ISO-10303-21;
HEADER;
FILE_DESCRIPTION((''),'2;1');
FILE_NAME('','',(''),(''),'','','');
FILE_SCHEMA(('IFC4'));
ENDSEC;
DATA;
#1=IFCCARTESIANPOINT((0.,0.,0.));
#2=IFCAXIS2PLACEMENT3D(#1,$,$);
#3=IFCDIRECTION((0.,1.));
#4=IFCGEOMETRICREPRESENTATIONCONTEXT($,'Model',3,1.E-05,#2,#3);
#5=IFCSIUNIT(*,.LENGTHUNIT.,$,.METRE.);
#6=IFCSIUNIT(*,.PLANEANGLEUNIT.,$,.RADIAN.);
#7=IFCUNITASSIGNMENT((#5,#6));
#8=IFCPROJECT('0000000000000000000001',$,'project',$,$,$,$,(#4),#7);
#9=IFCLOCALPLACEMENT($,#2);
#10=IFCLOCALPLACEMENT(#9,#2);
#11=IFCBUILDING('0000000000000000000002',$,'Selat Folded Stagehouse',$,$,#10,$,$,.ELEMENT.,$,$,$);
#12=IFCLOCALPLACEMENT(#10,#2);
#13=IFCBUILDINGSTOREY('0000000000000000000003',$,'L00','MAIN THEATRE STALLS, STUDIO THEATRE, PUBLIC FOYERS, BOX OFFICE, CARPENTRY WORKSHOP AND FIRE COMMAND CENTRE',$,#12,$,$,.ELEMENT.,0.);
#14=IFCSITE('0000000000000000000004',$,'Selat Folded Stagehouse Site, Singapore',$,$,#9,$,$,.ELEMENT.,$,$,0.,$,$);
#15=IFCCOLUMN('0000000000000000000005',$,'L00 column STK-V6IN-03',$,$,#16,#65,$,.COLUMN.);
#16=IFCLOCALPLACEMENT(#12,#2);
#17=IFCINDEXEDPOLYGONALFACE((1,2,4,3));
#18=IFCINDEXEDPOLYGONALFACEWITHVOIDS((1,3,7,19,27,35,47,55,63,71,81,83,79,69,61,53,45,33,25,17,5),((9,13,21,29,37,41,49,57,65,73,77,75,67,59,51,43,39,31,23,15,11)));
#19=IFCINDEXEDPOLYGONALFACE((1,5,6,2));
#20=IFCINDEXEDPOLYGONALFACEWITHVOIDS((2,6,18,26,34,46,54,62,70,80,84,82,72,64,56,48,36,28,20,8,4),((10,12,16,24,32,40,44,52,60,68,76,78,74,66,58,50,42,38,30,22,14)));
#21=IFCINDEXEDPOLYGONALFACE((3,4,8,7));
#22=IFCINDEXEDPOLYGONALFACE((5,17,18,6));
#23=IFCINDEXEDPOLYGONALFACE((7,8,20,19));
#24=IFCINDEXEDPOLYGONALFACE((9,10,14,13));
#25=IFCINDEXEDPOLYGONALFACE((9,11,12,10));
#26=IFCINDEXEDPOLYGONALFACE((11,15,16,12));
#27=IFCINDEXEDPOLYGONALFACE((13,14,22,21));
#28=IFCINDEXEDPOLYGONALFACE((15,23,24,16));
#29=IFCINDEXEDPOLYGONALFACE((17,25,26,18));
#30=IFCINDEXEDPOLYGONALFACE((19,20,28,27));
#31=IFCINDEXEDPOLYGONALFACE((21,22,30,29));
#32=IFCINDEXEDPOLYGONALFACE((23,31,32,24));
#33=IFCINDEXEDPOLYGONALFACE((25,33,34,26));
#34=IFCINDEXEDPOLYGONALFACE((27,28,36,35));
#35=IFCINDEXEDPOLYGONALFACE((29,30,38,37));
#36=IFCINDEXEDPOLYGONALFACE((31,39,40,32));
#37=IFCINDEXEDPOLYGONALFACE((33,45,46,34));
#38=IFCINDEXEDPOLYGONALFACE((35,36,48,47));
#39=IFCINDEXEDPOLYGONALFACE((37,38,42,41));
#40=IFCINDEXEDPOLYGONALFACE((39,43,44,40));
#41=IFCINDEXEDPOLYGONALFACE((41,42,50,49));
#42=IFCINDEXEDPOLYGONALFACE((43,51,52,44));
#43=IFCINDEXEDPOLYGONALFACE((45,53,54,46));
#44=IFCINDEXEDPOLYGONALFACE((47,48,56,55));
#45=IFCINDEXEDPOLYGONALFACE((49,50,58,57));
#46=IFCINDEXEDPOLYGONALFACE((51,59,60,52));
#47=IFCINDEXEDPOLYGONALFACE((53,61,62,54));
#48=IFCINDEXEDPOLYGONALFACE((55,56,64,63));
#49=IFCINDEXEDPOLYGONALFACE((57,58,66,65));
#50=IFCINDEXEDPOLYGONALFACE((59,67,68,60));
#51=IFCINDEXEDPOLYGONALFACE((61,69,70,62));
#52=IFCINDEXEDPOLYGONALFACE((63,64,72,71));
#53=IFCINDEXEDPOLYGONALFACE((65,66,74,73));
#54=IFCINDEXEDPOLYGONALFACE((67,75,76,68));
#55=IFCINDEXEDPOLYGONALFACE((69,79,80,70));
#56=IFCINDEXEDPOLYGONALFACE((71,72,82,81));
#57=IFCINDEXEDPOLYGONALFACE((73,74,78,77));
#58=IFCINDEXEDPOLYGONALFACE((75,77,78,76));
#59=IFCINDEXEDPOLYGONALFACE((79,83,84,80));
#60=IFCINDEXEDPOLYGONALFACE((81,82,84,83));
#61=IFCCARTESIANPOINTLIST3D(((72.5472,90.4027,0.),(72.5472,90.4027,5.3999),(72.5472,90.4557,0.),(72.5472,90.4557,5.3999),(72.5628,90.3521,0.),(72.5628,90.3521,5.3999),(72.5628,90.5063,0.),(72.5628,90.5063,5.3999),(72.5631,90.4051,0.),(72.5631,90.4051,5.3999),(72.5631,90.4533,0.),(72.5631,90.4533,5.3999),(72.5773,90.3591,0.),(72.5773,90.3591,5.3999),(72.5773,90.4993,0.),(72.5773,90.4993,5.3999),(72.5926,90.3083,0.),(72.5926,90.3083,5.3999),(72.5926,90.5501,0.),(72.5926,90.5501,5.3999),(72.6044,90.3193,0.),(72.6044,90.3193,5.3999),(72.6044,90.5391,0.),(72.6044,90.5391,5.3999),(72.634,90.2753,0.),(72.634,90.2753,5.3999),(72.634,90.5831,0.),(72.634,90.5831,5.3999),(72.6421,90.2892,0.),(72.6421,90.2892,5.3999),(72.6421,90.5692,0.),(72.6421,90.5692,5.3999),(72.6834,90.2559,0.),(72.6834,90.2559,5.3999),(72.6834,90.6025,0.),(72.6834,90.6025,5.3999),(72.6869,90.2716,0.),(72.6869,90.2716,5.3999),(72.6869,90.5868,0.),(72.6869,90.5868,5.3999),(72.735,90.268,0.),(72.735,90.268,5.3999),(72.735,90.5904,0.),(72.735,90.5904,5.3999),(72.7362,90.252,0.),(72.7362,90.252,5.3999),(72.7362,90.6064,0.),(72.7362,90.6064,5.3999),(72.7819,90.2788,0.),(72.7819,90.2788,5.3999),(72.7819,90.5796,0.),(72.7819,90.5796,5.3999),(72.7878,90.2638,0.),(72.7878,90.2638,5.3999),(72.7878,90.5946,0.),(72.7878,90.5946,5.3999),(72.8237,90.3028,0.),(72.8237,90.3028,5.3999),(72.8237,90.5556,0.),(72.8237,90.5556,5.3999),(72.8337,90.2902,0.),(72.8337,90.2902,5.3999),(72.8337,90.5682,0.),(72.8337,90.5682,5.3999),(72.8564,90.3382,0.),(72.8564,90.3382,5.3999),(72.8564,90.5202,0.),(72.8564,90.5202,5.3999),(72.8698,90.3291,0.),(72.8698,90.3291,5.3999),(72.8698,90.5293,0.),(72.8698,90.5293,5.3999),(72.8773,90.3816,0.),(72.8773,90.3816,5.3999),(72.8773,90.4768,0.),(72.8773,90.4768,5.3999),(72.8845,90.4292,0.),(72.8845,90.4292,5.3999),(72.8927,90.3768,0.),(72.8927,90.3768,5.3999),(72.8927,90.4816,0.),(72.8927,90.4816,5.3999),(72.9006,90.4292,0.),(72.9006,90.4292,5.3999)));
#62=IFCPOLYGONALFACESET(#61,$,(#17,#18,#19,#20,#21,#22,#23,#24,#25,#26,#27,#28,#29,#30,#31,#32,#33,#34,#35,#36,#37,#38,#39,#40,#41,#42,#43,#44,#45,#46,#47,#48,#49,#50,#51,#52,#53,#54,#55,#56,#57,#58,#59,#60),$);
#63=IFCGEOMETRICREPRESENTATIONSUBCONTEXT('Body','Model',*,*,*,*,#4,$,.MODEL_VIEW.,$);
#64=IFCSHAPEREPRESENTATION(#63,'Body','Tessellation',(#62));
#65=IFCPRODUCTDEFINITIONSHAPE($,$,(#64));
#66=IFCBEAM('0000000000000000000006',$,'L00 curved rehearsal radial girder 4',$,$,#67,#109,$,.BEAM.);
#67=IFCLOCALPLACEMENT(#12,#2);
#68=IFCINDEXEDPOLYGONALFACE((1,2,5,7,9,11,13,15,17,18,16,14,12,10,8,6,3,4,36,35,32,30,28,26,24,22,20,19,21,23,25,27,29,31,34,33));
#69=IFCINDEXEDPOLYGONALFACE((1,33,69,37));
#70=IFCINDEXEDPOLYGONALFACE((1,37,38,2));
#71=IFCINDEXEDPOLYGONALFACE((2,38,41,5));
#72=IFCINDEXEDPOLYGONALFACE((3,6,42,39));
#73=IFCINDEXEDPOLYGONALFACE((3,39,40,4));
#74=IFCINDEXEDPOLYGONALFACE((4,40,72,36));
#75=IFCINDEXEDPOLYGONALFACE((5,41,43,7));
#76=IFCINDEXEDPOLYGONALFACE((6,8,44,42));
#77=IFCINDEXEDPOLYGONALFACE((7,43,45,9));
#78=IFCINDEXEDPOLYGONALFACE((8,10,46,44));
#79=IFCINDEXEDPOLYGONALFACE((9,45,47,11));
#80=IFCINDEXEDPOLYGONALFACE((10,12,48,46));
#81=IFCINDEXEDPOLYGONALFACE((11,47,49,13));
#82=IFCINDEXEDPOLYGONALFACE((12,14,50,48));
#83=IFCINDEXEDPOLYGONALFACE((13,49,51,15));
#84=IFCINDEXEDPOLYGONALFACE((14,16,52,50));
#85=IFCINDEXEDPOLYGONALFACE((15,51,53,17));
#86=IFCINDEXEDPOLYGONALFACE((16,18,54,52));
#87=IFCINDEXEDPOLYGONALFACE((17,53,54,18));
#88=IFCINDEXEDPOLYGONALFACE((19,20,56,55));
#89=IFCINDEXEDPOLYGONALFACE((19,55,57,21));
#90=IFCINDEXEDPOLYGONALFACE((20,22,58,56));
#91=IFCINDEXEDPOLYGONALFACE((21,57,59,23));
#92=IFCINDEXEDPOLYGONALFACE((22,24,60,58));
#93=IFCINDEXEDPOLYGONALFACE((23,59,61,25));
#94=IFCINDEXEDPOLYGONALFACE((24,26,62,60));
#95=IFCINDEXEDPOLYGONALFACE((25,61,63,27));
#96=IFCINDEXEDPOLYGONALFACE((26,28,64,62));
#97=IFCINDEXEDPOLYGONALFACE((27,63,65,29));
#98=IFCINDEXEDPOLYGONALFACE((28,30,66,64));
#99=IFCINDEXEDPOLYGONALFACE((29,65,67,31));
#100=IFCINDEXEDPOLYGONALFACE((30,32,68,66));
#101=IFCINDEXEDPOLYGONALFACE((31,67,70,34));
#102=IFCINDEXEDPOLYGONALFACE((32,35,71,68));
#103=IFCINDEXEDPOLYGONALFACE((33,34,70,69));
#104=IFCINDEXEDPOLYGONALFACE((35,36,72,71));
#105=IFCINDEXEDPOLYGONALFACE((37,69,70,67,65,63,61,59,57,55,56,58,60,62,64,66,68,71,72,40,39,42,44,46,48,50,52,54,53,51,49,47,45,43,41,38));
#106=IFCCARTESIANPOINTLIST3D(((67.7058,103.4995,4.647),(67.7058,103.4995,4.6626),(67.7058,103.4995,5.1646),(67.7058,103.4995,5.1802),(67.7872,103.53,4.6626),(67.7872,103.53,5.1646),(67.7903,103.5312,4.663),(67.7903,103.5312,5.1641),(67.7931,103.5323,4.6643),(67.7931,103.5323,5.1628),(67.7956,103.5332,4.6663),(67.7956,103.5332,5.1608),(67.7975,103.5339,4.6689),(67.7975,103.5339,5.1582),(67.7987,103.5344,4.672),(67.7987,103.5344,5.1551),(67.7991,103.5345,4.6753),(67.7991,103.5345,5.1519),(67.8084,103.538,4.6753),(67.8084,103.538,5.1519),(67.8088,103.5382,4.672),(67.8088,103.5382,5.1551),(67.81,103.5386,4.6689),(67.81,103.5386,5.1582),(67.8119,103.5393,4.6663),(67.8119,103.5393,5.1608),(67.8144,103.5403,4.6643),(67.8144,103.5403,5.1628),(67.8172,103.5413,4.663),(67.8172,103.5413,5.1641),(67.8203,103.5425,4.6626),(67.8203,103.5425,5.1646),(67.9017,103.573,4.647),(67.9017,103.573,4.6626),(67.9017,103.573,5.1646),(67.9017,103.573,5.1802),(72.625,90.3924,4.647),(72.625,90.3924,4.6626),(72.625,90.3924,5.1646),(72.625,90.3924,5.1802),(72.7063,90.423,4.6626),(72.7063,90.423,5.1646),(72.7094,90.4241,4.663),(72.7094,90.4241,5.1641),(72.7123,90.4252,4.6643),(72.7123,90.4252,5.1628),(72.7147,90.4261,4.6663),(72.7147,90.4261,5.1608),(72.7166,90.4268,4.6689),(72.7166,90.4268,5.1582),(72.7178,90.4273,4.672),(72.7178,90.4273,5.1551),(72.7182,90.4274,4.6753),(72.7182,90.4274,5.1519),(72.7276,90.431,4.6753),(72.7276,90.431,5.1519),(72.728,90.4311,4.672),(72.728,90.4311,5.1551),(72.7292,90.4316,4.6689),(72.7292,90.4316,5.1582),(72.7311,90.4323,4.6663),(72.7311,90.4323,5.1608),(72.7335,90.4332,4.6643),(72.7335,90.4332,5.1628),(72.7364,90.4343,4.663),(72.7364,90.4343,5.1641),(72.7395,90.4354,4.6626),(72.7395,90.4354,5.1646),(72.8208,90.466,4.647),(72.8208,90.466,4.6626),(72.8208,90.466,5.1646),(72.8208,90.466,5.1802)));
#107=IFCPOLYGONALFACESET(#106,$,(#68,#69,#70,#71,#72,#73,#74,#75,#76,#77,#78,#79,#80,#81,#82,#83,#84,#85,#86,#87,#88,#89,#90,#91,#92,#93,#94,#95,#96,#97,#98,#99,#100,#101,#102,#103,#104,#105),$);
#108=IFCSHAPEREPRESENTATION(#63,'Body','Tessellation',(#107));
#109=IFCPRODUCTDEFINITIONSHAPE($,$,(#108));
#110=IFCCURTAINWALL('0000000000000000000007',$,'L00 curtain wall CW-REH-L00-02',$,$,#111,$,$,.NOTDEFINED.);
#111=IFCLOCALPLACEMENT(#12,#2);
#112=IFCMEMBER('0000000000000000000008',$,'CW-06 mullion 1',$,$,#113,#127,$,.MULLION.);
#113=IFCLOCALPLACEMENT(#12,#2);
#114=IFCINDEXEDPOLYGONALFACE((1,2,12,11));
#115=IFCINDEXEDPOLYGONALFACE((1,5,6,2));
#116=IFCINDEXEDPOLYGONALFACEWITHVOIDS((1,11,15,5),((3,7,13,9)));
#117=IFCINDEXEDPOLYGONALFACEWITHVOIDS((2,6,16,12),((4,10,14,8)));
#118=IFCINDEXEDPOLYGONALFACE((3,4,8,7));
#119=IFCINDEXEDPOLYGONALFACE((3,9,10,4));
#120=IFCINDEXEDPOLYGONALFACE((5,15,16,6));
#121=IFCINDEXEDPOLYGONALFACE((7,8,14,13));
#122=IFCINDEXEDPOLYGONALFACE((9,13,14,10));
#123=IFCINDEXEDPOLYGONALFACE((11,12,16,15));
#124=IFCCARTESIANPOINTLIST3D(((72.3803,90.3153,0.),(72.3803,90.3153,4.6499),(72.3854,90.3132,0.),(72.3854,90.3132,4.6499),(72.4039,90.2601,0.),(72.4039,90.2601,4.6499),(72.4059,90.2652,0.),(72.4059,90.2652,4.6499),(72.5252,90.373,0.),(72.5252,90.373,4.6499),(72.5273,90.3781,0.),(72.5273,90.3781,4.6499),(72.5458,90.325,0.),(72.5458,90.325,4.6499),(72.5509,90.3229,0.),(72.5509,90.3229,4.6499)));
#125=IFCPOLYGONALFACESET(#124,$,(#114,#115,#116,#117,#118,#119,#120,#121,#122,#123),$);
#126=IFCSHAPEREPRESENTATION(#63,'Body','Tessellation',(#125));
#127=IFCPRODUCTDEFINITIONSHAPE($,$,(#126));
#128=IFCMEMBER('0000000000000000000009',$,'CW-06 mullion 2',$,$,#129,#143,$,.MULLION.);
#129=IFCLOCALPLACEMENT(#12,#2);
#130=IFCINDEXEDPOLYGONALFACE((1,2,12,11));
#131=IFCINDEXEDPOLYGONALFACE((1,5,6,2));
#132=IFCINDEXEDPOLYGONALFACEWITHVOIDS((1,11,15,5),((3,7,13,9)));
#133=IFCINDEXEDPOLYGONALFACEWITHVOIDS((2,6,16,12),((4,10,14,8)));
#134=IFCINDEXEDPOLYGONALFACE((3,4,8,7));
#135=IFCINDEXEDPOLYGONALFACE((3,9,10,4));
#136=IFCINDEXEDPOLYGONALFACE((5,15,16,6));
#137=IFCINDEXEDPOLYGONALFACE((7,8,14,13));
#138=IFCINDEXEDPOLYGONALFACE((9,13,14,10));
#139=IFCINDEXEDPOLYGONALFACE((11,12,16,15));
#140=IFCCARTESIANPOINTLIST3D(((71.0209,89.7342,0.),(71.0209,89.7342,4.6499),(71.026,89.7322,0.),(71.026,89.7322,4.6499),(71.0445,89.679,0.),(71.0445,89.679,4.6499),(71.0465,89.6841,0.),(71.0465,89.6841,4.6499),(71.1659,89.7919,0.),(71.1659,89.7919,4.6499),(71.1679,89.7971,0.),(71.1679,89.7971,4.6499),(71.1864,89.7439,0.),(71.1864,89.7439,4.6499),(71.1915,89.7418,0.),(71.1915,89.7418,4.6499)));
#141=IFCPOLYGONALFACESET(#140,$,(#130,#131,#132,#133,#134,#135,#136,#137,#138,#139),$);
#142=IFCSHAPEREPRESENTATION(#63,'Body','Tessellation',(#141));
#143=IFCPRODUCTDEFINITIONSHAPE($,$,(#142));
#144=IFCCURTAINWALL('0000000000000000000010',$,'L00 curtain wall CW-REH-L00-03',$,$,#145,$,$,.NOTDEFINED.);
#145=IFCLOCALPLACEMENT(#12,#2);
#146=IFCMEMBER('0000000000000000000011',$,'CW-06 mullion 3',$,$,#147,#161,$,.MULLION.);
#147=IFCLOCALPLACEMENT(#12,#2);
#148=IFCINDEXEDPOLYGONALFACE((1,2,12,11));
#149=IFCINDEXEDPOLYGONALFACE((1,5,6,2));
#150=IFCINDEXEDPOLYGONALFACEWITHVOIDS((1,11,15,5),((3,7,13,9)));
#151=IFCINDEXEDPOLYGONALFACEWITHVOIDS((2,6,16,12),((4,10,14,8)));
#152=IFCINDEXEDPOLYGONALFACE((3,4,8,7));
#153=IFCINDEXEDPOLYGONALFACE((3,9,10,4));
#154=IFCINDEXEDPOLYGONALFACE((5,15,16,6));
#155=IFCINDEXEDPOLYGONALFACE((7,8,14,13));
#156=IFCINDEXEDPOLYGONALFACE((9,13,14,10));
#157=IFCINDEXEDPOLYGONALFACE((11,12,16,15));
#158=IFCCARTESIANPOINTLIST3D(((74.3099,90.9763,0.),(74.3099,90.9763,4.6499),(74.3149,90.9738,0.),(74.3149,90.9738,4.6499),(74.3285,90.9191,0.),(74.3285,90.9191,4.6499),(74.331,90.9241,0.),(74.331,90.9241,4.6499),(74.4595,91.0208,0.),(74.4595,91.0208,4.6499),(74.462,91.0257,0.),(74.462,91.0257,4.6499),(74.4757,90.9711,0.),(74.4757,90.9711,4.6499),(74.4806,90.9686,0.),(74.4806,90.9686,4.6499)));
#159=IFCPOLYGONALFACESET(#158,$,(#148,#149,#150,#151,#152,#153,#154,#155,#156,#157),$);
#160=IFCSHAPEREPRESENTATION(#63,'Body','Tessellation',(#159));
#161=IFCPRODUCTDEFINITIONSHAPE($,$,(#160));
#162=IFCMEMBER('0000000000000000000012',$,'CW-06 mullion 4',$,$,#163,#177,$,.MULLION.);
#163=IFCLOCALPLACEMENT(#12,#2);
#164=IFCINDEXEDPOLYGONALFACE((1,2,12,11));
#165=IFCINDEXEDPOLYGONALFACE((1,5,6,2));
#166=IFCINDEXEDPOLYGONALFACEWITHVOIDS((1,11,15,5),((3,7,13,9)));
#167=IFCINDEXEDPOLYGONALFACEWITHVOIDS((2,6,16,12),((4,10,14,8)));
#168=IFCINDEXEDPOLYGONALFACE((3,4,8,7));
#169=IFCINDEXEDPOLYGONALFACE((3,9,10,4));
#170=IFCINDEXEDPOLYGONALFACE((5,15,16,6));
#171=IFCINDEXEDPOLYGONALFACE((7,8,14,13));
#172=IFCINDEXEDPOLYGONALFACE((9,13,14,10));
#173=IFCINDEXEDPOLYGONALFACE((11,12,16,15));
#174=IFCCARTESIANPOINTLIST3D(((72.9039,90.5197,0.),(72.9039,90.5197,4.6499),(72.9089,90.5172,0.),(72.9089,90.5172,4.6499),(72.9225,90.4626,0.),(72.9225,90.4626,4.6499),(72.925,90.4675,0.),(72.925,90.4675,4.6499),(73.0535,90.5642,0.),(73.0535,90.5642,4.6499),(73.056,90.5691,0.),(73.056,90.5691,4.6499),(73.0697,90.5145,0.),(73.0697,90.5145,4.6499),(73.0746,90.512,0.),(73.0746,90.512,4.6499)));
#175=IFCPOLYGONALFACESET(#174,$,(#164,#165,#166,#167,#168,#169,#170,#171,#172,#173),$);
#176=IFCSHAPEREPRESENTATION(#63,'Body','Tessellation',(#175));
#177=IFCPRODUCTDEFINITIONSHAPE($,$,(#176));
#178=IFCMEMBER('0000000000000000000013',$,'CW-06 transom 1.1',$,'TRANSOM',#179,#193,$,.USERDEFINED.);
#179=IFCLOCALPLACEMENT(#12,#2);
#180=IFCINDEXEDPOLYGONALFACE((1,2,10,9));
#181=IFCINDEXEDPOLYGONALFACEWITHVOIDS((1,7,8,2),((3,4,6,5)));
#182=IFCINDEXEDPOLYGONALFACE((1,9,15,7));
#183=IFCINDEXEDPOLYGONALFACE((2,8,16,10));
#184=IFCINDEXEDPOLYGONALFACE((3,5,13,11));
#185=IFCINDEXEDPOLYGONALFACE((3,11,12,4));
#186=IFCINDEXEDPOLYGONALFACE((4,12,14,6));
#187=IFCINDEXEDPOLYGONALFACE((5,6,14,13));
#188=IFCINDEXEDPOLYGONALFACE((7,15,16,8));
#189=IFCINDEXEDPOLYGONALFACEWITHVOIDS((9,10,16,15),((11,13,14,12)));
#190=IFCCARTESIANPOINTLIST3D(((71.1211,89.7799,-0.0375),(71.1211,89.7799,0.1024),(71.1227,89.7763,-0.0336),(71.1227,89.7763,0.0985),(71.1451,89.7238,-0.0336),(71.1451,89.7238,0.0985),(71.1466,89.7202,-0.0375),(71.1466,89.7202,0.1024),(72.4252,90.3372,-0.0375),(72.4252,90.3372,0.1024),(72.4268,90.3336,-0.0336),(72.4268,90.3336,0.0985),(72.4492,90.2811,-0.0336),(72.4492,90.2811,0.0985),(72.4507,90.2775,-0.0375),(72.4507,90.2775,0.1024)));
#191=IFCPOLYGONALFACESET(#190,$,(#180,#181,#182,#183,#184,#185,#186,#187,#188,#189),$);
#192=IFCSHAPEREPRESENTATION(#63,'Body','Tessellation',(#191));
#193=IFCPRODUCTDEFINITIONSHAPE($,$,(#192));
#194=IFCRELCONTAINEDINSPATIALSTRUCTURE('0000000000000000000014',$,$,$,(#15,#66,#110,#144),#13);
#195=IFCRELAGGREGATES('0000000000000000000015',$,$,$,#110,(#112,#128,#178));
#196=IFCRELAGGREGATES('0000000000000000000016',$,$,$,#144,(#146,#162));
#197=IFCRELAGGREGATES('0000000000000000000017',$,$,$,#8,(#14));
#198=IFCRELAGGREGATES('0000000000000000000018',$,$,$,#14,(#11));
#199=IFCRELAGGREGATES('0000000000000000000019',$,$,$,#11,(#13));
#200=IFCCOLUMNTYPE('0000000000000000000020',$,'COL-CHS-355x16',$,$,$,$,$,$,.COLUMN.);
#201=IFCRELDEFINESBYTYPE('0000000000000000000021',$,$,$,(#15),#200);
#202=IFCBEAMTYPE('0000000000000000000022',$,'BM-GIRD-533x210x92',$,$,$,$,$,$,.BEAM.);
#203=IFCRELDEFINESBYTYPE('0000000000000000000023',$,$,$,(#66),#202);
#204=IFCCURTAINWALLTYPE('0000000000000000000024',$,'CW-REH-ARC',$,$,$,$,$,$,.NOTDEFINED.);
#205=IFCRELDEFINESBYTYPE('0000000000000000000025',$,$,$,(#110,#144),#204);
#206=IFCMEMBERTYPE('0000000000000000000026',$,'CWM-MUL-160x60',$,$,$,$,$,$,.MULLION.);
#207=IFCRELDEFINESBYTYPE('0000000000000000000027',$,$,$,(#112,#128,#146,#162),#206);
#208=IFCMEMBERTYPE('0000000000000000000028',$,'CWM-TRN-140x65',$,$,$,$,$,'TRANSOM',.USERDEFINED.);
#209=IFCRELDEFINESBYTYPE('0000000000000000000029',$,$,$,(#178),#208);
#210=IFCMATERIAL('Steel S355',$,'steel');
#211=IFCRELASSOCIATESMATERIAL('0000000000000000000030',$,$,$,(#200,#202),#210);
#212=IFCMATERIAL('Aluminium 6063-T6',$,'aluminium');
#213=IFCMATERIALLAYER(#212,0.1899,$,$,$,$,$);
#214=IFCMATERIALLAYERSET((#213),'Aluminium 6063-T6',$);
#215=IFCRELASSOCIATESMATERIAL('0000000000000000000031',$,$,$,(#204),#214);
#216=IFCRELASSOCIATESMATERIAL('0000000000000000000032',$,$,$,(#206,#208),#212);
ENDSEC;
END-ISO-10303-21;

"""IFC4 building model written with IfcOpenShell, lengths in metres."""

from ifc_helpers import new_model, si_unit, direction, frame, origin, origin_2d, place, context, subcontext, project, spatial, hollow_rectangle, hollow_circle, i_section, extrude, material, layer, layer_set, material_profile, profile_set, type_object, element, aggregate, save


model = new_model("IFC4")

# Units and contexts
model_context = context("Model", 3, precision=1e-05, world=origin(), true_north=direction((0.0, 1.0)))
body_context = subcontext(model_context, "Body", "Model", "MODEL_VIEW")
ifc_project = project(units=[si_unit("LENGTHUNIT", "METRE"), si_unit("PLANEANGLEUNIT", "RADIAN")], contexts=[model_context])

# Site, building, storey
site_placement = place(None, origin())
site = spatial("IfcSite", under=ifc_project, at=site_placement, Name="Selat Folded Stagehouse Site, Singapore", CompositionType="ELEMENT", RefElevation=0.0)
building_placement = place(site_placement, origin())
building = spatial("IfcBuilding", under=site, at=building_placement, Name="Selat Folded Stagehouse", CompositionType="ELEMENT")
storey_placement = place(building_placement, origin())
storey = spatial("IfcBuildingStorey", under=building, at=storey_placement, Name="L00", Description="MAIN THEATRE STALLS, STUDIO THEATRE, PUBLIC FOYERS, BOX OFFICE, CARPENTRY WORKSHOP AND FIRE COMMAND CENTRE", CompositionType="ELEMENT", Elevation=0.0)

# Column
ifc_material_1 = material(Name="Steel S355", Category="steel")
ifc_material_profile_1 = material_profile(ifc_material_1, hollow_circle(Radius=0.1777, WallThickness=0.0161, at=origin_2d()), Name="CHS 355.6x16.0")
ifc_profile_set_1 = profile_set([ifc_material_profile_1], Name="Steel S355")
column_type = type_object("IfcColumnType", Name="COL-CHS-355x16", PredefinedType="COLUMN", material=ifc_profile_set_1)
column_placement = place(storey_placement, frame((72.7229, 90.4292, 0.0), z_axis=(0.0, 0.0, 1.0), x_axis=(1.0, 0.0, 0.0)))
element("IfcColumn", 1, at=column_placement, inside=storey, type_object=column_type, Name="L00 column STK-V6IN-03", PredefinedType="COLUMN", context=body_context, shape_type="SweptSolid", body=[
    extrude(hollow_circle(Radius=0.1777, WallThickness=0.0161, at=origin_2d()), origin(), (0.0, 0.0, 1.0), 5.3999),
])

# Beam
ifc_material_profile_2 = material_profile(ifc_material_1, i_section(OverallWidth=0.2092, OverallDepth=0.5332, WebThickness=0.01, FlangeThickness=0.0156, FilletRadius=0.0127, at=origin_2d()), Name="UKB 533x210x92")
ifc_profile_set_2 = profile_set([ifc_material_profile_2], Name="Steel S355")
beam_type_1 = type_object("IfcBeamType", Name="BM-GIRD-533x210x92", PredefinedType="BEAM", material=ifc_profile_set_2)
beam_1_placement = place(storey_placement, frame((72.7229, 90.4292, 4.9136), z_axis=(-0.351374, 0.936235, 0.0), x_axis=(-0.936235, -0.351374, 0.0)))
element("IfcBeam", 2, at=beam_1_placement, inside=storey, type_object=beam_type_1, Name="L00 curved rehearsal radial girder 4", PredefinedType="BEAM", context=body_context, shape_type="SweptSolid", body=[
    extrude(i_section(OverallWidth=0.2092, OverallDepth=0.5332, WebThickness=0.01, FlangeThickness=0.0156, FilletRadius=0.0127, at=origin_2d()), origin(), (0.0, 0.0, 1.0), 13.9998),
])

# Curtain walls, members
ifc_material_2 = material(Name="Aluminium 6063-T6", Category="aluminium")
ifc_layer_1 = layer(ifc_material_2, 0.1899)
ifc_layer_set_1 = layer_set([ifc_layer_1], Name="Aluminium 6063-T6")
curtain_wall_type = type_object("IfcCurtainWallType", Name="CW-REH-ARC", PredefinedType="NOTDEFINED", material=ifc_layer_set_1)
curtain_wall_1_placement = place(storey_placement, origin())
curtain_wall_1 = element("IfcCurtainWall", 3, at=curtain_wall_1_placement, inside=storey, type_object=curtain_wall_type, Name="L00 curtain wall CW-REH-L00-02", PredefinedType="NOTDEFINED")
ifc_material_profile_3 = material_profile(ifc_material_2, hollow_rectangle(XDim=0.0601, YDim=0.1599, WallThickness=0.0039, at=origin_2d()), Name="ALU 160x60x4.0")
ifc_profile_set_3 = profile_set([ifc_material_profile_3], Name="Aluminium 6063-T6")
member_type_1 = type_object("IfcMemberType", Name="CWM-MUL-160x60", PredefinedType="MULLION", material=ifc_profile_set_3)
member_1_placement = place(storey_placement, frame((72.4656, 90.3191, 0.0), z_axis=(0.0, 0.0, 1.0), x_axis=(0.393012, -0.919533, 0.0)))
member_1 = element("IfcMember", 4, at=member_1_placement, type_object=member_type_1, Name="CW-06 mullion 1", PredefinedType="MULLION", context=body_context, shape_type="SweptSolid", body=[
    extrude(hollow_rectangle(XDim=0.0601, YDim=0.1599, WallThickness=0.0039, at=origin_2d()), origin(), (0.0, 0.0, 1.0), 4.6499),
])
member_2_placement = place(storey_placement, frame((71.1062, 89.738, 0.0), z_axis=(0.0, 0.0, 1.0), x_axis=(0.393012, -0.919533, 0.0)))
member_2 = element("IfcMember", 5, at=member_2_placement, type_object=member_type_1, Name="CW-06 mullion 2", PredefinedType="MULLION", context=body_context, shape_type="SweptSolid", body=[
    extrude(hollow_rectangle(XDim=0.0601, YDim=0.1599, WallThickness=0.0039, at=origin_2d()), origin(), (0.0, 0.0, 1.0), 4.6499),
])
curtain_wall_2_placement = place(storey_placement, origin())
curtain_wall_2 = element("IfcCurtainWall", 6, at=curtain_wall_2_placement, inside=storey, type_object=curtain_wall_type, Name="L00 curtain wall CW-REH-L00-03", PredefinedType="NOTDEFINED")
member_3_placement = place(storey_placement, frame((74.3953, 90.9724, 0.0), z_axis=(0.0, 0.0, 1.0), x_axis=(0.308992, -0.951065, 0.0)))
member_3 = element("IfcMember", 7, at=member_3_placement, type_object=member_type_1, Name="CW-06 mullion 3", PredefinedType="MULLION", context=body_context, shape_type="SweptSolid", body=[
    extrude(hollow_rectangle(XDim=0.0601, YDim=0.1599, WallThickness=0.0039, at=origin_2d()), origin(), (0.0, 0.0, 1.0), 4.6499),
])
member_4_placement = place(storey_placement, frame((72.9893, 90.5159, 0.0), z_axis=(0.0, 0.0, 1.0), x_axis=(0.308992, -0.951065, 0.0)))
member_4 = element("IfcMember", 8, at=member_4_placement, type_object=member_type_1, Name="CW-06 mullion 4", PredefinedType="MULLION", context=body_context, shape_type="SweptSolid", body=[
    extrude(hollow_rectangle(XDim=0.0601, YDim=0.1599, WallThickness=0.0039, at=origin_2d()), origin(), (0.0, 0.0, 1.0), 4.6499),
])

# Member
ifc_material_profile_4 = material_profile(ifc_material_2, hollow_rectangle(XDim=0.0649, YDim=0.1399, WallThickness=0.0039, at=origin_2d()), Name="ALU 140x65x4.0")
ifc_profile_set_4 = profile_set([ifc_material_profile_4], Name="Aluminium 6063-T6")
member_type_2 = type_object("IfcMemberType", Name="CWM-TRN-140x65", ElementType="TRANSOM", PredefinedType="USERDEFINED", material=ifc_profile_set_4)
member_5_placement = place(storey_placement, frame((72.438, 90.3074, 0.0325), z_axis=(-0.919545, -0.392984, 0.0), x_axis=(0.392984, -0.919545, 0.0)))
member_5 = element("IfcMember", 9, at=member_5_placement, type_object=member_type_2, Name="CW-06 transom 1.1", ObjectType="TRANSOM", PredefinedType="USERDEFINED", context=body_context, shape_type="SweptSolid", body=[
    extrude(hollow_rectangle(XDim=0.0649, YDim=0.1399, WallThickness=0.0039, at=origin_2d()), origin(), (0.0, 0.0, 1.0), 1.4182),
])

aggregate(curtain_wall_1, [member_1, member_2, member_5])
aggregate(curtain_wall_2, [member_3, member_4])

save(model, "model.ifc")
